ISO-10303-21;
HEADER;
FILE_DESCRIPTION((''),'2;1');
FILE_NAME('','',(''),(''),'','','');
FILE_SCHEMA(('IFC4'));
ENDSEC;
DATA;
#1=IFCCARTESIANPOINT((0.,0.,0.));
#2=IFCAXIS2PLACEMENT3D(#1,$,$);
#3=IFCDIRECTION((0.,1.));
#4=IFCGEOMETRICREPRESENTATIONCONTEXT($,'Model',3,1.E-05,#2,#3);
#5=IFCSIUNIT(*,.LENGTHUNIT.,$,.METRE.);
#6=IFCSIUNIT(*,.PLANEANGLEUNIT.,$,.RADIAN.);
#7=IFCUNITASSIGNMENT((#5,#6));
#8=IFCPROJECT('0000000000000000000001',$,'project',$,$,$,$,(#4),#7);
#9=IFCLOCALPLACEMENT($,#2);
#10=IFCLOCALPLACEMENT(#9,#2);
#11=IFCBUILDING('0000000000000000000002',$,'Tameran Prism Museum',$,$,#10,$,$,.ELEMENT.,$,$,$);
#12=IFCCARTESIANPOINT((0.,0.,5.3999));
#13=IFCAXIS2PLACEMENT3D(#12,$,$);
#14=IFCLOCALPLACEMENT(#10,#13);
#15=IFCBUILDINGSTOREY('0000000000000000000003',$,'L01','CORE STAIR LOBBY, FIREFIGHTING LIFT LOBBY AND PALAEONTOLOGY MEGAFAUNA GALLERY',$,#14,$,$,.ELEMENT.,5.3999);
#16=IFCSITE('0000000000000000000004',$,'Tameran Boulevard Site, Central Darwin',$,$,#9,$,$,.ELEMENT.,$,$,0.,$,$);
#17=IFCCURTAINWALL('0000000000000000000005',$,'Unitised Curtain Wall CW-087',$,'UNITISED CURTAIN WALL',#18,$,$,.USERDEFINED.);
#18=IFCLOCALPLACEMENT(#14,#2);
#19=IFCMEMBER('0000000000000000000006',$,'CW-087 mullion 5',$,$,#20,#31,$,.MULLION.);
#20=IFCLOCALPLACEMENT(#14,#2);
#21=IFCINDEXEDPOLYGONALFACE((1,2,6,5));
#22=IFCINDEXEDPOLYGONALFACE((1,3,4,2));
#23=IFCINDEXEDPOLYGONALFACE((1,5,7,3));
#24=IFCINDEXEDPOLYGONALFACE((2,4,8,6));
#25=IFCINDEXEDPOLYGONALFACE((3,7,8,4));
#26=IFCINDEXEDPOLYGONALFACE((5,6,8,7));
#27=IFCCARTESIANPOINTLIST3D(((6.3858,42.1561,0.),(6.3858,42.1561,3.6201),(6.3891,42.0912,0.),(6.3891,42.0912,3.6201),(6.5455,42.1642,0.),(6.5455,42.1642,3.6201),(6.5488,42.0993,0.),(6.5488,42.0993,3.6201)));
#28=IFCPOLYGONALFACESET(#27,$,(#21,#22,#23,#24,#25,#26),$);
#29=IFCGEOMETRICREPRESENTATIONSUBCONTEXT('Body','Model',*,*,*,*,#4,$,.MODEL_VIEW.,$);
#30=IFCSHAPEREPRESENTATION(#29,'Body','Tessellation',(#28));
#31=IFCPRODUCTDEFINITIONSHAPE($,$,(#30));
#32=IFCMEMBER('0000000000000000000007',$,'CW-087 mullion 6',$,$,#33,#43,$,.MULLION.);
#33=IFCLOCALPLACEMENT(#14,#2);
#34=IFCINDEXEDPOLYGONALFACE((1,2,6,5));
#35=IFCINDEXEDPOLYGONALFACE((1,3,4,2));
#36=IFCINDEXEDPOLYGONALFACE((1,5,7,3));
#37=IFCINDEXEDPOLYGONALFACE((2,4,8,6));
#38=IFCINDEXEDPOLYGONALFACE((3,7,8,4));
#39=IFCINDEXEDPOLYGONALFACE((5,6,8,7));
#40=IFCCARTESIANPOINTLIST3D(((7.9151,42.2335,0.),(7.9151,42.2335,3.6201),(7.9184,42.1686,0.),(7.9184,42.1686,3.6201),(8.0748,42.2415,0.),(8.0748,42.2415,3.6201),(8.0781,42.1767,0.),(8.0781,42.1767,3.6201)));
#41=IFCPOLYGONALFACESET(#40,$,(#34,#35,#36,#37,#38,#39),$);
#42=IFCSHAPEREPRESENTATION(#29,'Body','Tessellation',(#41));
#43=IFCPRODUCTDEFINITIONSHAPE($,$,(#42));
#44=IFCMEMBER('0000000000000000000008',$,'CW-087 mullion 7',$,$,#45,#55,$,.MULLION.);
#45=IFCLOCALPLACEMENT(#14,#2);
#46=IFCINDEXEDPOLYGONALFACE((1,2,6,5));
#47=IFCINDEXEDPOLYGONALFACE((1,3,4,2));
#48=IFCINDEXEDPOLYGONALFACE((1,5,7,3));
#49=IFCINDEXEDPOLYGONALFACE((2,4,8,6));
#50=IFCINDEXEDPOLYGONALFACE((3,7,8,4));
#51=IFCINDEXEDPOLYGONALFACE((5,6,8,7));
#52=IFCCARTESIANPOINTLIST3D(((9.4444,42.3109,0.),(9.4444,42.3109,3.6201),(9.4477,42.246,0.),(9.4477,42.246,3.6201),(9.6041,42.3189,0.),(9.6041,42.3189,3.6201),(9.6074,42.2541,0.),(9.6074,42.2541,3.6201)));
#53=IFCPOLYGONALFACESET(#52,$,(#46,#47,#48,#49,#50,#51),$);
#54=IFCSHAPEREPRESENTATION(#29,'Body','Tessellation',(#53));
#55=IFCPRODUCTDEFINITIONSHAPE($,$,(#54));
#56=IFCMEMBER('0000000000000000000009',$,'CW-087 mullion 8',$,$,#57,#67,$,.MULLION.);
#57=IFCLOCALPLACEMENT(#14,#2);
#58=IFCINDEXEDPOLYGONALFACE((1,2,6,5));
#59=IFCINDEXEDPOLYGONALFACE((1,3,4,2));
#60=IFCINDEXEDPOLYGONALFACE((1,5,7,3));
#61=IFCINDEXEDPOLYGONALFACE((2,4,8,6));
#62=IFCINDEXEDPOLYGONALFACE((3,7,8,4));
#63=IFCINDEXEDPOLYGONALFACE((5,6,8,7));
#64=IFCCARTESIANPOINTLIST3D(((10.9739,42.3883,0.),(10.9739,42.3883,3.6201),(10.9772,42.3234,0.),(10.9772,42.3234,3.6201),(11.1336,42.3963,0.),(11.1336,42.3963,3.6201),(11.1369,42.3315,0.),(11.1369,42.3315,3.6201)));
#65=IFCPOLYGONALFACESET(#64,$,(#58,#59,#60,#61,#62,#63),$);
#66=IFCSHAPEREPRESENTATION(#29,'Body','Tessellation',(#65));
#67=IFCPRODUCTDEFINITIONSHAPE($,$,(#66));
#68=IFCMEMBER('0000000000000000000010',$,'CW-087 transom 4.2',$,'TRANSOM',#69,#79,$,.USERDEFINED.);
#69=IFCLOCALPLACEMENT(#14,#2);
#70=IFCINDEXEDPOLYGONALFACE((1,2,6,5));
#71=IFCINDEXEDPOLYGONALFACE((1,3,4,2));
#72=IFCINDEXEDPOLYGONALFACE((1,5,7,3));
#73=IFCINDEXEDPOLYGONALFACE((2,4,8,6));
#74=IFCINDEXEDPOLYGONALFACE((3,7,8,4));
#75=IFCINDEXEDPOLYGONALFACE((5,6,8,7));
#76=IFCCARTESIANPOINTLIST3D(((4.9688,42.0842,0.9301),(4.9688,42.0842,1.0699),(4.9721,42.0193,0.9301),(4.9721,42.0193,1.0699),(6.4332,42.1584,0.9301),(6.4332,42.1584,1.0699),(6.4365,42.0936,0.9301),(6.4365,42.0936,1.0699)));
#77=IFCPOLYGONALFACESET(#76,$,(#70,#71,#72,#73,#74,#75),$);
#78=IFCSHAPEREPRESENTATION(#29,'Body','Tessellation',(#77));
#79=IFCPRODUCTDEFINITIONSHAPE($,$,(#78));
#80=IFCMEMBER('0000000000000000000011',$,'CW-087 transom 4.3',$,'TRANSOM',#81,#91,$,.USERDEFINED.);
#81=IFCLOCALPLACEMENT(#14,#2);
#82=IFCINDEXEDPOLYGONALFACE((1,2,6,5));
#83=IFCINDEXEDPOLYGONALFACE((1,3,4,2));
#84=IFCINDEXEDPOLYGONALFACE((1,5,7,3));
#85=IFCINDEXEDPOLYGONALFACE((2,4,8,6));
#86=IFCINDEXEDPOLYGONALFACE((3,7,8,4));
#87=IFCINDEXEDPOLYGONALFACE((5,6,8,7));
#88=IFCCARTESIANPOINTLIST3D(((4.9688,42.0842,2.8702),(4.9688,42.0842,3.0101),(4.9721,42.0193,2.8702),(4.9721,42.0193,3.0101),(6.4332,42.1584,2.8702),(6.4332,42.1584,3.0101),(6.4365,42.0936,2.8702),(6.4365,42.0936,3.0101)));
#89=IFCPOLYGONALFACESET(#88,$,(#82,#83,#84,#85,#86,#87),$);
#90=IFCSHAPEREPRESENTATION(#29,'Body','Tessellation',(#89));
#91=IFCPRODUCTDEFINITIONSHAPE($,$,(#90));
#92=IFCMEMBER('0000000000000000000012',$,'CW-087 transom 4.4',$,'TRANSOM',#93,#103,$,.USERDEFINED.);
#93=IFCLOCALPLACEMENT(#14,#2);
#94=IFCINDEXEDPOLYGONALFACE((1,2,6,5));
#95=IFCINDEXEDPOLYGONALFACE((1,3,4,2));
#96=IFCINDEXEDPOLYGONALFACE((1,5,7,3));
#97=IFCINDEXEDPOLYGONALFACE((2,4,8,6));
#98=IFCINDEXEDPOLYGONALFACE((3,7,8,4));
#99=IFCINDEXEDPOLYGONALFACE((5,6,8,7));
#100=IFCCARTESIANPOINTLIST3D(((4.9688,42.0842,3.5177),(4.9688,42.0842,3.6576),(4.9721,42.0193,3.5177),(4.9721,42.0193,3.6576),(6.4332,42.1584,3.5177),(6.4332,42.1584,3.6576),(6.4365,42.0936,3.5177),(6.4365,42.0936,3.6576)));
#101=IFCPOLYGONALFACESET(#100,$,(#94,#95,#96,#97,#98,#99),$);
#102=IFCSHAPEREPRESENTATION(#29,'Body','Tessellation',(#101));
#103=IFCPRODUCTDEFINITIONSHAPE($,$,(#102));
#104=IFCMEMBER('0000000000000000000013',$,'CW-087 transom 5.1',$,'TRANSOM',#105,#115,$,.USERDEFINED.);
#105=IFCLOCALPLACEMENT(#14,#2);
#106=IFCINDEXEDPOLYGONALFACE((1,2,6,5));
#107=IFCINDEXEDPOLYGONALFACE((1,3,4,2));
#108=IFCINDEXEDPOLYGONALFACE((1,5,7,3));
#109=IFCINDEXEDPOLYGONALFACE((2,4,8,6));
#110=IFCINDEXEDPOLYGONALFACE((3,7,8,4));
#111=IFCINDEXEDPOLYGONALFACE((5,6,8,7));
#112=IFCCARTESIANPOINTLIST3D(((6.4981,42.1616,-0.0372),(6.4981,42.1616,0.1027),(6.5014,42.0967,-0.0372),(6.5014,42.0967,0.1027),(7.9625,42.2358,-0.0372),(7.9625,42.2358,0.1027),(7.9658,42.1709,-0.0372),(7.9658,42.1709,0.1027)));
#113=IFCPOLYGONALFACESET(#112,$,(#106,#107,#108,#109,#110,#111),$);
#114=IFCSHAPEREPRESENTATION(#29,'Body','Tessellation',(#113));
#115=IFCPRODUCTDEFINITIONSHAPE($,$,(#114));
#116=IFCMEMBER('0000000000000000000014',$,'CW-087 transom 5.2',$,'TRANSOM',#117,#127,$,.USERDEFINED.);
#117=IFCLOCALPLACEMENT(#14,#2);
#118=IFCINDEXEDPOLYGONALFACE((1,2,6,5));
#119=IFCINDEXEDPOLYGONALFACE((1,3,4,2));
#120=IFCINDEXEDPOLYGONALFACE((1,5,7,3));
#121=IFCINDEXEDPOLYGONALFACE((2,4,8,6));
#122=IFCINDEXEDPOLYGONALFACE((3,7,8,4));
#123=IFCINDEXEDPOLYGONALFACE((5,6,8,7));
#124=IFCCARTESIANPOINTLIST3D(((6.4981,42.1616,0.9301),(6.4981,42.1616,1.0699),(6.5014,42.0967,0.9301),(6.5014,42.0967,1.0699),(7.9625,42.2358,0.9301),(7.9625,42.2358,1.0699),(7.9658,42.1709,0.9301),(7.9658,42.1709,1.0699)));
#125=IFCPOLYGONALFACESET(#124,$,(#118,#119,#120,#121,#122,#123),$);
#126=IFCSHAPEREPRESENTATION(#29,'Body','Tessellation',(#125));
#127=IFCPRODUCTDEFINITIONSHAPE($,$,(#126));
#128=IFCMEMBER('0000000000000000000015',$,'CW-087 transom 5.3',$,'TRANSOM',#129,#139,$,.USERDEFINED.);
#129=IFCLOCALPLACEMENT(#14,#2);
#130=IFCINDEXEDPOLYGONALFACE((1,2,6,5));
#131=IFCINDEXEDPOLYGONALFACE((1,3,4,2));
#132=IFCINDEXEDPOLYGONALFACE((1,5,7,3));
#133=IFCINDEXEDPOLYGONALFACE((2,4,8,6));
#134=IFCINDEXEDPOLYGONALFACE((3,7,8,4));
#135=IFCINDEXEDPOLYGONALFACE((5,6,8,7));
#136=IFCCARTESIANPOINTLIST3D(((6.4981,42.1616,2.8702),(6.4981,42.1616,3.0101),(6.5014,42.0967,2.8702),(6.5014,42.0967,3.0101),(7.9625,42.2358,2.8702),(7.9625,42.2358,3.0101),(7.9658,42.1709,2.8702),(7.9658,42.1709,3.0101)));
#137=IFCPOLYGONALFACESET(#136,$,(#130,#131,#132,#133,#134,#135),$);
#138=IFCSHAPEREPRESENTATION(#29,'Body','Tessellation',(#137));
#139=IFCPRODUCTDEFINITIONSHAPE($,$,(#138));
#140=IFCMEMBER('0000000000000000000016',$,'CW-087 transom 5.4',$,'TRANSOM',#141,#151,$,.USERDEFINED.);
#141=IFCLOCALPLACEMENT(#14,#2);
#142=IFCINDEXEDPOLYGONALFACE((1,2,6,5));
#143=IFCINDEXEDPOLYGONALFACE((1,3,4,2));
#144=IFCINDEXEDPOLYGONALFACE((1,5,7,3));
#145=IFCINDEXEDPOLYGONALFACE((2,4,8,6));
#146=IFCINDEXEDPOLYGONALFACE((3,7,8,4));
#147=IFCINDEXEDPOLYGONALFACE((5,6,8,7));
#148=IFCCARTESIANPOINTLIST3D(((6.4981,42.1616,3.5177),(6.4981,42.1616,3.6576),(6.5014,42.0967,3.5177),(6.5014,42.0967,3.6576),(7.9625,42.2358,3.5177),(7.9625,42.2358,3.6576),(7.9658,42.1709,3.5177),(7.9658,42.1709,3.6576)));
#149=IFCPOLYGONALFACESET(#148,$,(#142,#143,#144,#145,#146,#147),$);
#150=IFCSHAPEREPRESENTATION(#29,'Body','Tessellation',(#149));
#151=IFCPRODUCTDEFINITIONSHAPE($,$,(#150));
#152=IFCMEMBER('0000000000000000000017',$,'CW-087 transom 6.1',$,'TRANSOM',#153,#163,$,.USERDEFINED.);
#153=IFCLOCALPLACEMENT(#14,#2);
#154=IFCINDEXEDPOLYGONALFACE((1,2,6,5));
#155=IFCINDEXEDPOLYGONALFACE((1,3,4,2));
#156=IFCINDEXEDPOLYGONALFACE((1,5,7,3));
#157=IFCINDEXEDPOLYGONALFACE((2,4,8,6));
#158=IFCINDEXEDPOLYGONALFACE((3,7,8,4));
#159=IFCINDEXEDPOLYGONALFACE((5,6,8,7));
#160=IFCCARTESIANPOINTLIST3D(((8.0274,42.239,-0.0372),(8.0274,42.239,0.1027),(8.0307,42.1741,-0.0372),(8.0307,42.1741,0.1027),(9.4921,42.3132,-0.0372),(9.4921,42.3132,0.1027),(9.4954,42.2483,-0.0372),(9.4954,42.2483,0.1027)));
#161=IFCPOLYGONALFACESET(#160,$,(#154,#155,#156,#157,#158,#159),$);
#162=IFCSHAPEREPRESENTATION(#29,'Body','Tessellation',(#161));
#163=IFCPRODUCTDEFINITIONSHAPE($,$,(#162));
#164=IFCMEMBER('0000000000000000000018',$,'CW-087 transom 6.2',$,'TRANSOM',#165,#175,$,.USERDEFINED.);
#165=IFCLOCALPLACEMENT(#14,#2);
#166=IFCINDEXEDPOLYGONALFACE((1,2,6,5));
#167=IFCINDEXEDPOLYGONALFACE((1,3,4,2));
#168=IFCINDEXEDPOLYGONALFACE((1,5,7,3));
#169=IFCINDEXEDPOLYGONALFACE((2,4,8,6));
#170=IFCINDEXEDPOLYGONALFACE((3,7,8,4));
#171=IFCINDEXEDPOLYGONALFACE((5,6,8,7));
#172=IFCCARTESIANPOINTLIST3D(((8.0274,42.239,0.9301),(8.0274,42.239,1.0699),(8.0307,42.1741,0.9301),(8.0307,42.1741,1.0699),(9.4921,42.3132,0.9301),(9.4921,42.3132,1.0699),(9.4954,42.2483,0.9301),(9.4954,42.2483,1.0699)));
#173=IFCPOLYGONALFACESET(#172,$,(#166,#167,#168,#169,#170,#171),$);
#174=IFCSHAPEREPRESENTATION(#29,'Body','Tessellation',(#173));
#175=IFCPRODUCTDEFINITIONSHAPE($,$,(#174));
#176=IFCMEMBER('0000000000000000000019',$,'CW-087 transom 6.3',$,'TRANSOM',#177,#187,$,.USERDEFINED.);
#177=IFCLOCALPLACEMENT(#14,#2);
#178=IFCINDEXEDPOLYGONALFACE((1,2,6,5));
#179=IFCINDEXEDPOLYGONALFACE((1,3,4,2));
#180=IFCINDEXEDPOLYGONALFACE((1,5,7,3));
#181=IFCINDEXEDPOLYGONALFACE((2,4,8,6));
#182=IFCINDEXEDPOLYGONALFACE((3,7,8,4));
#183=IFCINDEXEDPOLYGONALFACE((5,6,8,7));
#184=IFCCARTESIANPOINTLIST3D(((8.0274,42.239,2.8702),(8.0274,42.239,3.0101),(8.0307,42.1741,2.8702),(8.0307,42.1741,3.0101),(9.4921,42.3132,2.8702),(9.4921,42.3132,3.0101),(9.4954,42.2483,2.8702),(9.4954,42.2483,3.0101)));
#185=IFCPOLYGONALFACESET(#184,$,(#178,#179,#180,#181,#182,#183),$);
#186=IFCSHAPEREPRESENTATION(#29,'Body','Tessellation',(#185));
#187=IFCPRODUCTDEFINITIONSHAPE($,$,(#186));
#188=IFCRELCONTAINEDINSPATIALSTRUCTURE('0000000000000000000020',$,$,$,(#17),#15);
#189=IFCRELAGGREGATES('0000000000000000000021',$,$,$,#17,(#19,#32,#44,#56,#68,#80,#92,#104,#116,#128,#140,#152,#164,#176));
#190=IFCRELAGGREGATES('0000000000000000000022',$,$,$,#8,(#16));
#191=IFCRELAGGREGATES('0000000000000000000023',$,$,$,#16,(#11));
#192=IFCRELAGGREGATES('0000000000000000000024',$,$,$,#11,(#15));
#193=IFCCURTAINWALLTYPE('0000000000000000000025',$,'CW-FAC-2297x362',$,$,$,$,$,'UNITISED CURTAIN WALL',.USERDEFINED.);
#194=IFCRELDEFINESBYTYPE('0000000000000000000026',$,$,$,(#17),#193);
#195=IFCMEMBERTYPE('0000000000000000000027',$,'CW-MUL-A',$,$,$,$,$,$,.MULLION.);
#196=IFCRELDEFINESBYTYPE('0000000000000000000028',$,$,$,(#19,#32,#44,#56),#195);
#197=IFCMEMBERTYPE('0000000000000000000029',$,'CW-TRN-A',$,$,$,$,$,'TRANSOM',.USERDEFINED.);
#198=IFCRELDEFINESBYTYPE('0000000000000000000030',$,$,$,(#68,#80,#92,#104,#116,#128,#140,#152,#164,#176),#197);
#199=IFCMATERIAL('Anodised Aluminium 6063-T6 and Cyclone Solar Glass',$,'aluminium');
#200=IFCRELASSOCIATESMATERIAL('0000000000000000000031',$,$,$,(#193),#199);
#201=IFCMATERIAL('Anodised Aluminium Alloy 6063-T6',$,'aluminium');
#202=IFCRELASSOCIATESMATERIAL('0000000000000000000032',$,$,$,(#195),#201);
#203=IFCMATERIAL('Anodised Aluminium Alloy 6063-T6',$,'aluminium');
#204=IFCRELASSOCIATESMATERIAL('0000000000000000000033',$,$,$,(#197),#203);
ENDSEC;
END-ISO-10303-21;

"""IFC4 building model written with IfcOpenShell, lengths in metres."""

from ifc_helpers import new_model, si_unit, direction, frame, origin, origin_2d, place, context, subcontext, project, spatial, rectangle, extrude, material, material_profile, profile_set, type_object, element, aggregate, save


model = new_model("IFC4")

# Units and contexts
model_context = context("Model", 3, precision=1e-05, world=origin(), true_north=direction((0.0, 1.0)))
body_context = subcontext(model_context, "Body", "Model", "MODEL_VIEW")
ifc_project = project(units=[si_unit("LENGTHUNIT", "METRE"), si_unit("PLANEANGLEUNIT", "RADIAN")], contexts=[model_context])

# Site, building, storey
site_placement = place(None, origin())
site = spatial("IfcSite", under=ifc_project, at=site_placement, Name="Tameran Boulevard Site, Central Darwin", CompositionType="ELEMENT", RefElevation=0.0)
building_placement = place(site_placement, origin())
building = spatial("IfcBuilding", under=site, at=building_placement, Name="Tameran Prism Museum", CompositionType="ELEMENT")
storey_placement = place(building_placement, frame((0.0, 0.0, 5.3999)))
storey = spatial("IfcBuildingStorey", under=building, at=storey_placement, Name="L01", Description="CORE STAIR LOBBY, FIREFIGHTING LIFT LOBBY AND PALAEONTOLOGY MEGAFAUNA GALLERY", CompositionType="ELEMENT", Elevation=5.3999)

# Curtain wall, members
ifc_material_1 = material(Name="Anodised Aluminium 6063-T6 and Cyclone Solar Glass", Category="aluminium")
curtain_wall_type = type_object("IfcCurtainWallType", Name="CW-FAC-2297x362", ElementType="UNITISED CURTAIN WALL", PredefinedType="USERDEFINED", material=ifc_material_1)
curtain_wall_placement = place(storey_placement, origin())
curtain_wall = element("IfcCurtainWall", 1, at=curtain_wall_placement, inside=storey, type_object=curtain_wall_type, Name="Unitised Curtain Wall CW-087", ObjectType="UNITISED CURTAIN WALL", PredefinedType="USERDEFINED")
ifc_material_2 = material(Name="Anodised Aluminium Alloy 6063-T6", Category="aluminium")
ifc_material_profile_1 = material_profile(ifc_material_2, rectangle(XDim=0.0649, YDim=0.1599, at=origin_2d()))
ifc_profile_set_1 = profile_set([ifc_material_profile_1])
member_type_1 = type_object("IfcMemberType", Name="CW-MUL-A", PredefinedType="MULLION", material=ifc_profile_set_1)
member_1_placement = place(storey_placement, frame((6.4673, 42.1277, 0.0), z_axis=(0.0, 0.0, 1.0), x_axis=(-0.050546, 0.998722, 0.0)))
member_1 = element("IfcMember", 2, at=member_1_placement, type_object=member_type_1, Name="CW-087 mullion 5", PredefinedType="MULLION", context=body_context, shape_type="SweptSolid", body=[
    extrude(rectangle(XDim=0.0649, YDim=0.1599, at=origin_2d()), origin(), (0.0, 0.0, 1.0), 3.6201),
])
member_2_placement = place(storey_placement, frame((7.9966, 42.2051, 0.0), z_axis=(0.0, 0.0, 1.0), x_axis=(-0.050546, 0.998722, 0.0)))
member_2 = element("IfcMember", 3, at=member_2_placement, type_object=member_type_1, Name="CW-087 mullion 6", PredefinedType="MULLION", context=body_context, shape_type="SweptSolid", body=[
    extrude(rectangle(XDim=0.0649, YDim=0.1599, at=origin_2d()), origin(), (0.0, 0.0, 1.0), 3.6201),
])
member_3_placement = place(storey_placement, frame((9.5259, 42.2825, 0.0), z_axis=(0.0, 0.0, 1.0), x_axis=(-0.050546, 0.998722, 0.0)))
member_3 = element("IfcMember", 4, at=member_3_placement, type_object=member_type_1, Name="CW-087 mullion 7", PredefinedType="MULLION", context=body_context, shape_type="SweptSolid", body=[
    extrude(rectangle(XDim=0.0649, YDim=0.1599, at=origin_2d()), origin(), (0.0, 0.0, 1.0), 3.6201),
])
member_4_placement = place(storey_placement, frame((11.0554, 42.3599, 0.0), z_axis=(0.0, 0.0, 1.0), x_axis=(-0.050546, 0.998722, 0.0)))
member_4 = element("IfcMember", 5, at=member_4_placement, type_object=member_type_1, Name="CW-087 mullion 8", PredefinedType="MULLION", context=body_context, shape_type="SweptSolid", body=[
    extrude(rectangle(XDim=0.0649, YDim=0.1599, at=origin_2d()), origin(), (0.0, 0.0, 1.0), 3.6201),
])
ifc_material_3 = material(Name="Anodised Aluminium Alloy 6063-T6", Category="aluminium")
ifc_material_profile_2 = material_profile(ifc_material_3, rectangle(XDim=0.0649, YDim=0.1399, at=origin_2d()))
ifc_profile_set_2 = profile_set([ifc_material_profile_2])
member_type_2 = type_object("IfcMemberType", Name="CW-TRN-A", ElementType="TRANSOM", PredefinedType="USERDEFINED", material=ifc_profile_set_2)
member_5_placement = place(storey_placement, frame((4.9705, 42.0518, 1.0), z_axis=(0.998718, 0.050619, 0.0), x_axis=(-0.050619, 0.998718, 0.0)))
member_5 = element("IfcMember", 6, at=member_5_placement, type_object=member_type_2, Name="CW-087 transom 4.2", ObjectType="TRANSOM", PredefinedType="USERDEFINED", context=body_context, shape_type="SweptSolid", body=[
    extrude(rectangle(XDim=0.0649, YDim=0.1399, at=origin_2d()), origin(), (0.0, 0.0, 1.0), 1.4663),
])
member_6_placement = place(storey_placement, frame((4.9705, 42.0518, 2.9402), z_axis=(0.998718, 0.050619, 0.0), x_axis=(-0.050619, 0.998718, 0.0)))
member_6 = element("IfcMember", 7, at=member_6_placement, type_object=member_type_2, Name="CW-087 transom 4.3", ObjectType="TRANSOM", PredefinedType="USERDEFINED", context=body_context, shape_type="SweptSolid", body=[
    extrude(rectangle(XDim=0.0649, YDim=0.1399, at=origin_2d()), origin(), (0.0, 0.0, 1.0), 1.4663),
])
member_7_placement = place(storey_placement, frame((4.9705, 42.0518, 3.5876), z_axis=(0.998718, 0.050619, 0.0), x_axis=(-0.050619, 0.998718, 0.0)))
member_7 = element("IfcMember", 8, at=member_7_placement, type_object=member_type_2, Name="CW-087 transom 4.4", ObjectType="TRANSOM", PredefinedType="USERDEFINED", context=body_context, shape_type="SweptSolid", body=[
    extrude(rectangle(XDim=0.0649, YDim=0.1399, at=origin_2d()), origin(), (0.0, 0.0, 1.0), 1.4663),
])
member_8_placement = place(storey_placement, frame((6.4998, 42.1292, 0.0327), z_axis=(0.998718, 0.050619, 0.0), x_axis=(-0.050619, 0.998718, 0.0)))
member_8 = element("IfcMember", 9, at=member_8_placement, type_object=member_type_2, Name="CW-087 transom 5.1", ObjectType="TRANSOM", PredefinedType="USERDEFINED", context=body_context, shape_type="SweptSolid", body=[
    extrude(rectangle(XDim=0.0649, YDim=0.1399, at=origin_2d()), origin(), (0.0, 0.0, 1.0), 1.4663),
])
member_9_placement = place(storey_placement, frame((6.4998, 42.1292, 1.0), z_axis=(0.998718, 0.050619, 0.0), x_axis=(-0.050619, 0.998718, 0.0)))
member_9 = element("IfcMember", 10, at=member_9_placement, type_object=member_type_2, Name="CW-087 transom 5.2", ObjectType="TRANSOM", PredefinedType="USERDEFINED", context=body_context, shape_type="SweptSolid", body=[
    extrude(rectangle(XDim=0.0649, YDim=0.1399, at=origin_2d()), origin(), (0.0, 0.0, 1.0), 1.4663),
])
member_10_placement = place(storey_placement, frame((6.4998, 42.1292, 2.9402), z_axis=(0.998718, 0.050619, 0.0), x_axis=(-0.050619, 0.998718, 0.0)))
member_10 = element("IfcMember", 11, at=member_10_placement, type_object=member_type_2, Name="CW-087 transom 5.3", ObjectType="TRANSOM", PredefinedType="USERDEFINED", context=body_context, shape_type="SweptSolid", body=[
    extrude(rectangle(XDim=0.0649, YDim=0.1399, at=origin_2d()), origin(), (0.0, 0.0, 1.0), 1.4663),
])
member_11_placement = place(storey_placement, frame((6.4998, 42.1292, 3.5876), z_axis=(0.998718, 0.050619, 0.0), x_axis=(-0.050619, 0.998718, 0.0)))
member_11 = element("IfcMember", 12, at=member_11_placement, type_object=member_type_2, Name="CW-087 transom 5.4", ObjectType="TRANSOM", PredefinedType="USERDEFINED", context=body_context, shape_type="SweptSolid", body=[
    extrude(rectangle(XDim=0.0649, YDim=0.1399, at=origin_2d()), origin(), (0.0, 0.0, 1.0), 1.4663),
])
member_12_placement = place(storey_placement, frame((8.0291, 42.2065, 0.0327), z_axis=(0.998718, 0.05061, 0.0), x_axis=(-0.05061, 0.998718, 0.0)))
member_12 = element("IfcMember", 13, at=member_12_placement, type_object=member_type_2, Name="CW-087 transom 6.1", ObjectType="TRANSOM", PredefinedType="USERDEFINED", context=body_context, shape_type="SweptSolid", body=[
    extrude(rectangle(XDim=0.0649, YDim=0.1399, at=origin_2d()), origin(), (0.0, 0.0, 1.0), 1.4666),
])
member_13_placement = place(storey_placement, frame((8.0291, 42.2065, 1.0), z_axis=(0.998718, 0.05061, 0.0), x_axis=(-0.05061, 0.998718, 0.0)))
member_13 = element("IfcMember", 14, at=member_13_placement, type_object=member_type_2, Name="CW-087 transom 6.2", ObjectType="TRANSOM", PredefinedType="USERDEFINED", context=body_context, shape_type="SweptSolid", body=[
    extrude(rectangle(XDim=0.0649, YDim=0.1399, at=origin_2d()), origin(), (0.0, 0.0, 1.0), 1.4666),
])
member_14_placement = place(storey_placement, frame((8.0291, 42.2065, 2.9402), z_axis=(0.998718, 0.05061, 0.0), x_axis=(-0.05061, 0.998718, 0.0)))
member_14 = element("IfcMember", 15, at=member_14_placement, type_object=member_type_2, Name="CW-087 transom 6.3", ObjectType="TRANSOM", PredefinedType="USERDEFINED", context=body_context, shape_type="SweptSolid", body=[
    extrude(rectangle(XDim=0.0649, YDim=0.1399, at=origin_2d()), origin(), (0.0, 0.0, 1.0), 1.4666),
])
aggregate(curtain_wall, [member_1, member_2, member_3, member_4, member_5, member_6, member_7, member_8, member_9, member_10, member_11, member_12, member_13, member_14])

save(model, "model.ifc")
